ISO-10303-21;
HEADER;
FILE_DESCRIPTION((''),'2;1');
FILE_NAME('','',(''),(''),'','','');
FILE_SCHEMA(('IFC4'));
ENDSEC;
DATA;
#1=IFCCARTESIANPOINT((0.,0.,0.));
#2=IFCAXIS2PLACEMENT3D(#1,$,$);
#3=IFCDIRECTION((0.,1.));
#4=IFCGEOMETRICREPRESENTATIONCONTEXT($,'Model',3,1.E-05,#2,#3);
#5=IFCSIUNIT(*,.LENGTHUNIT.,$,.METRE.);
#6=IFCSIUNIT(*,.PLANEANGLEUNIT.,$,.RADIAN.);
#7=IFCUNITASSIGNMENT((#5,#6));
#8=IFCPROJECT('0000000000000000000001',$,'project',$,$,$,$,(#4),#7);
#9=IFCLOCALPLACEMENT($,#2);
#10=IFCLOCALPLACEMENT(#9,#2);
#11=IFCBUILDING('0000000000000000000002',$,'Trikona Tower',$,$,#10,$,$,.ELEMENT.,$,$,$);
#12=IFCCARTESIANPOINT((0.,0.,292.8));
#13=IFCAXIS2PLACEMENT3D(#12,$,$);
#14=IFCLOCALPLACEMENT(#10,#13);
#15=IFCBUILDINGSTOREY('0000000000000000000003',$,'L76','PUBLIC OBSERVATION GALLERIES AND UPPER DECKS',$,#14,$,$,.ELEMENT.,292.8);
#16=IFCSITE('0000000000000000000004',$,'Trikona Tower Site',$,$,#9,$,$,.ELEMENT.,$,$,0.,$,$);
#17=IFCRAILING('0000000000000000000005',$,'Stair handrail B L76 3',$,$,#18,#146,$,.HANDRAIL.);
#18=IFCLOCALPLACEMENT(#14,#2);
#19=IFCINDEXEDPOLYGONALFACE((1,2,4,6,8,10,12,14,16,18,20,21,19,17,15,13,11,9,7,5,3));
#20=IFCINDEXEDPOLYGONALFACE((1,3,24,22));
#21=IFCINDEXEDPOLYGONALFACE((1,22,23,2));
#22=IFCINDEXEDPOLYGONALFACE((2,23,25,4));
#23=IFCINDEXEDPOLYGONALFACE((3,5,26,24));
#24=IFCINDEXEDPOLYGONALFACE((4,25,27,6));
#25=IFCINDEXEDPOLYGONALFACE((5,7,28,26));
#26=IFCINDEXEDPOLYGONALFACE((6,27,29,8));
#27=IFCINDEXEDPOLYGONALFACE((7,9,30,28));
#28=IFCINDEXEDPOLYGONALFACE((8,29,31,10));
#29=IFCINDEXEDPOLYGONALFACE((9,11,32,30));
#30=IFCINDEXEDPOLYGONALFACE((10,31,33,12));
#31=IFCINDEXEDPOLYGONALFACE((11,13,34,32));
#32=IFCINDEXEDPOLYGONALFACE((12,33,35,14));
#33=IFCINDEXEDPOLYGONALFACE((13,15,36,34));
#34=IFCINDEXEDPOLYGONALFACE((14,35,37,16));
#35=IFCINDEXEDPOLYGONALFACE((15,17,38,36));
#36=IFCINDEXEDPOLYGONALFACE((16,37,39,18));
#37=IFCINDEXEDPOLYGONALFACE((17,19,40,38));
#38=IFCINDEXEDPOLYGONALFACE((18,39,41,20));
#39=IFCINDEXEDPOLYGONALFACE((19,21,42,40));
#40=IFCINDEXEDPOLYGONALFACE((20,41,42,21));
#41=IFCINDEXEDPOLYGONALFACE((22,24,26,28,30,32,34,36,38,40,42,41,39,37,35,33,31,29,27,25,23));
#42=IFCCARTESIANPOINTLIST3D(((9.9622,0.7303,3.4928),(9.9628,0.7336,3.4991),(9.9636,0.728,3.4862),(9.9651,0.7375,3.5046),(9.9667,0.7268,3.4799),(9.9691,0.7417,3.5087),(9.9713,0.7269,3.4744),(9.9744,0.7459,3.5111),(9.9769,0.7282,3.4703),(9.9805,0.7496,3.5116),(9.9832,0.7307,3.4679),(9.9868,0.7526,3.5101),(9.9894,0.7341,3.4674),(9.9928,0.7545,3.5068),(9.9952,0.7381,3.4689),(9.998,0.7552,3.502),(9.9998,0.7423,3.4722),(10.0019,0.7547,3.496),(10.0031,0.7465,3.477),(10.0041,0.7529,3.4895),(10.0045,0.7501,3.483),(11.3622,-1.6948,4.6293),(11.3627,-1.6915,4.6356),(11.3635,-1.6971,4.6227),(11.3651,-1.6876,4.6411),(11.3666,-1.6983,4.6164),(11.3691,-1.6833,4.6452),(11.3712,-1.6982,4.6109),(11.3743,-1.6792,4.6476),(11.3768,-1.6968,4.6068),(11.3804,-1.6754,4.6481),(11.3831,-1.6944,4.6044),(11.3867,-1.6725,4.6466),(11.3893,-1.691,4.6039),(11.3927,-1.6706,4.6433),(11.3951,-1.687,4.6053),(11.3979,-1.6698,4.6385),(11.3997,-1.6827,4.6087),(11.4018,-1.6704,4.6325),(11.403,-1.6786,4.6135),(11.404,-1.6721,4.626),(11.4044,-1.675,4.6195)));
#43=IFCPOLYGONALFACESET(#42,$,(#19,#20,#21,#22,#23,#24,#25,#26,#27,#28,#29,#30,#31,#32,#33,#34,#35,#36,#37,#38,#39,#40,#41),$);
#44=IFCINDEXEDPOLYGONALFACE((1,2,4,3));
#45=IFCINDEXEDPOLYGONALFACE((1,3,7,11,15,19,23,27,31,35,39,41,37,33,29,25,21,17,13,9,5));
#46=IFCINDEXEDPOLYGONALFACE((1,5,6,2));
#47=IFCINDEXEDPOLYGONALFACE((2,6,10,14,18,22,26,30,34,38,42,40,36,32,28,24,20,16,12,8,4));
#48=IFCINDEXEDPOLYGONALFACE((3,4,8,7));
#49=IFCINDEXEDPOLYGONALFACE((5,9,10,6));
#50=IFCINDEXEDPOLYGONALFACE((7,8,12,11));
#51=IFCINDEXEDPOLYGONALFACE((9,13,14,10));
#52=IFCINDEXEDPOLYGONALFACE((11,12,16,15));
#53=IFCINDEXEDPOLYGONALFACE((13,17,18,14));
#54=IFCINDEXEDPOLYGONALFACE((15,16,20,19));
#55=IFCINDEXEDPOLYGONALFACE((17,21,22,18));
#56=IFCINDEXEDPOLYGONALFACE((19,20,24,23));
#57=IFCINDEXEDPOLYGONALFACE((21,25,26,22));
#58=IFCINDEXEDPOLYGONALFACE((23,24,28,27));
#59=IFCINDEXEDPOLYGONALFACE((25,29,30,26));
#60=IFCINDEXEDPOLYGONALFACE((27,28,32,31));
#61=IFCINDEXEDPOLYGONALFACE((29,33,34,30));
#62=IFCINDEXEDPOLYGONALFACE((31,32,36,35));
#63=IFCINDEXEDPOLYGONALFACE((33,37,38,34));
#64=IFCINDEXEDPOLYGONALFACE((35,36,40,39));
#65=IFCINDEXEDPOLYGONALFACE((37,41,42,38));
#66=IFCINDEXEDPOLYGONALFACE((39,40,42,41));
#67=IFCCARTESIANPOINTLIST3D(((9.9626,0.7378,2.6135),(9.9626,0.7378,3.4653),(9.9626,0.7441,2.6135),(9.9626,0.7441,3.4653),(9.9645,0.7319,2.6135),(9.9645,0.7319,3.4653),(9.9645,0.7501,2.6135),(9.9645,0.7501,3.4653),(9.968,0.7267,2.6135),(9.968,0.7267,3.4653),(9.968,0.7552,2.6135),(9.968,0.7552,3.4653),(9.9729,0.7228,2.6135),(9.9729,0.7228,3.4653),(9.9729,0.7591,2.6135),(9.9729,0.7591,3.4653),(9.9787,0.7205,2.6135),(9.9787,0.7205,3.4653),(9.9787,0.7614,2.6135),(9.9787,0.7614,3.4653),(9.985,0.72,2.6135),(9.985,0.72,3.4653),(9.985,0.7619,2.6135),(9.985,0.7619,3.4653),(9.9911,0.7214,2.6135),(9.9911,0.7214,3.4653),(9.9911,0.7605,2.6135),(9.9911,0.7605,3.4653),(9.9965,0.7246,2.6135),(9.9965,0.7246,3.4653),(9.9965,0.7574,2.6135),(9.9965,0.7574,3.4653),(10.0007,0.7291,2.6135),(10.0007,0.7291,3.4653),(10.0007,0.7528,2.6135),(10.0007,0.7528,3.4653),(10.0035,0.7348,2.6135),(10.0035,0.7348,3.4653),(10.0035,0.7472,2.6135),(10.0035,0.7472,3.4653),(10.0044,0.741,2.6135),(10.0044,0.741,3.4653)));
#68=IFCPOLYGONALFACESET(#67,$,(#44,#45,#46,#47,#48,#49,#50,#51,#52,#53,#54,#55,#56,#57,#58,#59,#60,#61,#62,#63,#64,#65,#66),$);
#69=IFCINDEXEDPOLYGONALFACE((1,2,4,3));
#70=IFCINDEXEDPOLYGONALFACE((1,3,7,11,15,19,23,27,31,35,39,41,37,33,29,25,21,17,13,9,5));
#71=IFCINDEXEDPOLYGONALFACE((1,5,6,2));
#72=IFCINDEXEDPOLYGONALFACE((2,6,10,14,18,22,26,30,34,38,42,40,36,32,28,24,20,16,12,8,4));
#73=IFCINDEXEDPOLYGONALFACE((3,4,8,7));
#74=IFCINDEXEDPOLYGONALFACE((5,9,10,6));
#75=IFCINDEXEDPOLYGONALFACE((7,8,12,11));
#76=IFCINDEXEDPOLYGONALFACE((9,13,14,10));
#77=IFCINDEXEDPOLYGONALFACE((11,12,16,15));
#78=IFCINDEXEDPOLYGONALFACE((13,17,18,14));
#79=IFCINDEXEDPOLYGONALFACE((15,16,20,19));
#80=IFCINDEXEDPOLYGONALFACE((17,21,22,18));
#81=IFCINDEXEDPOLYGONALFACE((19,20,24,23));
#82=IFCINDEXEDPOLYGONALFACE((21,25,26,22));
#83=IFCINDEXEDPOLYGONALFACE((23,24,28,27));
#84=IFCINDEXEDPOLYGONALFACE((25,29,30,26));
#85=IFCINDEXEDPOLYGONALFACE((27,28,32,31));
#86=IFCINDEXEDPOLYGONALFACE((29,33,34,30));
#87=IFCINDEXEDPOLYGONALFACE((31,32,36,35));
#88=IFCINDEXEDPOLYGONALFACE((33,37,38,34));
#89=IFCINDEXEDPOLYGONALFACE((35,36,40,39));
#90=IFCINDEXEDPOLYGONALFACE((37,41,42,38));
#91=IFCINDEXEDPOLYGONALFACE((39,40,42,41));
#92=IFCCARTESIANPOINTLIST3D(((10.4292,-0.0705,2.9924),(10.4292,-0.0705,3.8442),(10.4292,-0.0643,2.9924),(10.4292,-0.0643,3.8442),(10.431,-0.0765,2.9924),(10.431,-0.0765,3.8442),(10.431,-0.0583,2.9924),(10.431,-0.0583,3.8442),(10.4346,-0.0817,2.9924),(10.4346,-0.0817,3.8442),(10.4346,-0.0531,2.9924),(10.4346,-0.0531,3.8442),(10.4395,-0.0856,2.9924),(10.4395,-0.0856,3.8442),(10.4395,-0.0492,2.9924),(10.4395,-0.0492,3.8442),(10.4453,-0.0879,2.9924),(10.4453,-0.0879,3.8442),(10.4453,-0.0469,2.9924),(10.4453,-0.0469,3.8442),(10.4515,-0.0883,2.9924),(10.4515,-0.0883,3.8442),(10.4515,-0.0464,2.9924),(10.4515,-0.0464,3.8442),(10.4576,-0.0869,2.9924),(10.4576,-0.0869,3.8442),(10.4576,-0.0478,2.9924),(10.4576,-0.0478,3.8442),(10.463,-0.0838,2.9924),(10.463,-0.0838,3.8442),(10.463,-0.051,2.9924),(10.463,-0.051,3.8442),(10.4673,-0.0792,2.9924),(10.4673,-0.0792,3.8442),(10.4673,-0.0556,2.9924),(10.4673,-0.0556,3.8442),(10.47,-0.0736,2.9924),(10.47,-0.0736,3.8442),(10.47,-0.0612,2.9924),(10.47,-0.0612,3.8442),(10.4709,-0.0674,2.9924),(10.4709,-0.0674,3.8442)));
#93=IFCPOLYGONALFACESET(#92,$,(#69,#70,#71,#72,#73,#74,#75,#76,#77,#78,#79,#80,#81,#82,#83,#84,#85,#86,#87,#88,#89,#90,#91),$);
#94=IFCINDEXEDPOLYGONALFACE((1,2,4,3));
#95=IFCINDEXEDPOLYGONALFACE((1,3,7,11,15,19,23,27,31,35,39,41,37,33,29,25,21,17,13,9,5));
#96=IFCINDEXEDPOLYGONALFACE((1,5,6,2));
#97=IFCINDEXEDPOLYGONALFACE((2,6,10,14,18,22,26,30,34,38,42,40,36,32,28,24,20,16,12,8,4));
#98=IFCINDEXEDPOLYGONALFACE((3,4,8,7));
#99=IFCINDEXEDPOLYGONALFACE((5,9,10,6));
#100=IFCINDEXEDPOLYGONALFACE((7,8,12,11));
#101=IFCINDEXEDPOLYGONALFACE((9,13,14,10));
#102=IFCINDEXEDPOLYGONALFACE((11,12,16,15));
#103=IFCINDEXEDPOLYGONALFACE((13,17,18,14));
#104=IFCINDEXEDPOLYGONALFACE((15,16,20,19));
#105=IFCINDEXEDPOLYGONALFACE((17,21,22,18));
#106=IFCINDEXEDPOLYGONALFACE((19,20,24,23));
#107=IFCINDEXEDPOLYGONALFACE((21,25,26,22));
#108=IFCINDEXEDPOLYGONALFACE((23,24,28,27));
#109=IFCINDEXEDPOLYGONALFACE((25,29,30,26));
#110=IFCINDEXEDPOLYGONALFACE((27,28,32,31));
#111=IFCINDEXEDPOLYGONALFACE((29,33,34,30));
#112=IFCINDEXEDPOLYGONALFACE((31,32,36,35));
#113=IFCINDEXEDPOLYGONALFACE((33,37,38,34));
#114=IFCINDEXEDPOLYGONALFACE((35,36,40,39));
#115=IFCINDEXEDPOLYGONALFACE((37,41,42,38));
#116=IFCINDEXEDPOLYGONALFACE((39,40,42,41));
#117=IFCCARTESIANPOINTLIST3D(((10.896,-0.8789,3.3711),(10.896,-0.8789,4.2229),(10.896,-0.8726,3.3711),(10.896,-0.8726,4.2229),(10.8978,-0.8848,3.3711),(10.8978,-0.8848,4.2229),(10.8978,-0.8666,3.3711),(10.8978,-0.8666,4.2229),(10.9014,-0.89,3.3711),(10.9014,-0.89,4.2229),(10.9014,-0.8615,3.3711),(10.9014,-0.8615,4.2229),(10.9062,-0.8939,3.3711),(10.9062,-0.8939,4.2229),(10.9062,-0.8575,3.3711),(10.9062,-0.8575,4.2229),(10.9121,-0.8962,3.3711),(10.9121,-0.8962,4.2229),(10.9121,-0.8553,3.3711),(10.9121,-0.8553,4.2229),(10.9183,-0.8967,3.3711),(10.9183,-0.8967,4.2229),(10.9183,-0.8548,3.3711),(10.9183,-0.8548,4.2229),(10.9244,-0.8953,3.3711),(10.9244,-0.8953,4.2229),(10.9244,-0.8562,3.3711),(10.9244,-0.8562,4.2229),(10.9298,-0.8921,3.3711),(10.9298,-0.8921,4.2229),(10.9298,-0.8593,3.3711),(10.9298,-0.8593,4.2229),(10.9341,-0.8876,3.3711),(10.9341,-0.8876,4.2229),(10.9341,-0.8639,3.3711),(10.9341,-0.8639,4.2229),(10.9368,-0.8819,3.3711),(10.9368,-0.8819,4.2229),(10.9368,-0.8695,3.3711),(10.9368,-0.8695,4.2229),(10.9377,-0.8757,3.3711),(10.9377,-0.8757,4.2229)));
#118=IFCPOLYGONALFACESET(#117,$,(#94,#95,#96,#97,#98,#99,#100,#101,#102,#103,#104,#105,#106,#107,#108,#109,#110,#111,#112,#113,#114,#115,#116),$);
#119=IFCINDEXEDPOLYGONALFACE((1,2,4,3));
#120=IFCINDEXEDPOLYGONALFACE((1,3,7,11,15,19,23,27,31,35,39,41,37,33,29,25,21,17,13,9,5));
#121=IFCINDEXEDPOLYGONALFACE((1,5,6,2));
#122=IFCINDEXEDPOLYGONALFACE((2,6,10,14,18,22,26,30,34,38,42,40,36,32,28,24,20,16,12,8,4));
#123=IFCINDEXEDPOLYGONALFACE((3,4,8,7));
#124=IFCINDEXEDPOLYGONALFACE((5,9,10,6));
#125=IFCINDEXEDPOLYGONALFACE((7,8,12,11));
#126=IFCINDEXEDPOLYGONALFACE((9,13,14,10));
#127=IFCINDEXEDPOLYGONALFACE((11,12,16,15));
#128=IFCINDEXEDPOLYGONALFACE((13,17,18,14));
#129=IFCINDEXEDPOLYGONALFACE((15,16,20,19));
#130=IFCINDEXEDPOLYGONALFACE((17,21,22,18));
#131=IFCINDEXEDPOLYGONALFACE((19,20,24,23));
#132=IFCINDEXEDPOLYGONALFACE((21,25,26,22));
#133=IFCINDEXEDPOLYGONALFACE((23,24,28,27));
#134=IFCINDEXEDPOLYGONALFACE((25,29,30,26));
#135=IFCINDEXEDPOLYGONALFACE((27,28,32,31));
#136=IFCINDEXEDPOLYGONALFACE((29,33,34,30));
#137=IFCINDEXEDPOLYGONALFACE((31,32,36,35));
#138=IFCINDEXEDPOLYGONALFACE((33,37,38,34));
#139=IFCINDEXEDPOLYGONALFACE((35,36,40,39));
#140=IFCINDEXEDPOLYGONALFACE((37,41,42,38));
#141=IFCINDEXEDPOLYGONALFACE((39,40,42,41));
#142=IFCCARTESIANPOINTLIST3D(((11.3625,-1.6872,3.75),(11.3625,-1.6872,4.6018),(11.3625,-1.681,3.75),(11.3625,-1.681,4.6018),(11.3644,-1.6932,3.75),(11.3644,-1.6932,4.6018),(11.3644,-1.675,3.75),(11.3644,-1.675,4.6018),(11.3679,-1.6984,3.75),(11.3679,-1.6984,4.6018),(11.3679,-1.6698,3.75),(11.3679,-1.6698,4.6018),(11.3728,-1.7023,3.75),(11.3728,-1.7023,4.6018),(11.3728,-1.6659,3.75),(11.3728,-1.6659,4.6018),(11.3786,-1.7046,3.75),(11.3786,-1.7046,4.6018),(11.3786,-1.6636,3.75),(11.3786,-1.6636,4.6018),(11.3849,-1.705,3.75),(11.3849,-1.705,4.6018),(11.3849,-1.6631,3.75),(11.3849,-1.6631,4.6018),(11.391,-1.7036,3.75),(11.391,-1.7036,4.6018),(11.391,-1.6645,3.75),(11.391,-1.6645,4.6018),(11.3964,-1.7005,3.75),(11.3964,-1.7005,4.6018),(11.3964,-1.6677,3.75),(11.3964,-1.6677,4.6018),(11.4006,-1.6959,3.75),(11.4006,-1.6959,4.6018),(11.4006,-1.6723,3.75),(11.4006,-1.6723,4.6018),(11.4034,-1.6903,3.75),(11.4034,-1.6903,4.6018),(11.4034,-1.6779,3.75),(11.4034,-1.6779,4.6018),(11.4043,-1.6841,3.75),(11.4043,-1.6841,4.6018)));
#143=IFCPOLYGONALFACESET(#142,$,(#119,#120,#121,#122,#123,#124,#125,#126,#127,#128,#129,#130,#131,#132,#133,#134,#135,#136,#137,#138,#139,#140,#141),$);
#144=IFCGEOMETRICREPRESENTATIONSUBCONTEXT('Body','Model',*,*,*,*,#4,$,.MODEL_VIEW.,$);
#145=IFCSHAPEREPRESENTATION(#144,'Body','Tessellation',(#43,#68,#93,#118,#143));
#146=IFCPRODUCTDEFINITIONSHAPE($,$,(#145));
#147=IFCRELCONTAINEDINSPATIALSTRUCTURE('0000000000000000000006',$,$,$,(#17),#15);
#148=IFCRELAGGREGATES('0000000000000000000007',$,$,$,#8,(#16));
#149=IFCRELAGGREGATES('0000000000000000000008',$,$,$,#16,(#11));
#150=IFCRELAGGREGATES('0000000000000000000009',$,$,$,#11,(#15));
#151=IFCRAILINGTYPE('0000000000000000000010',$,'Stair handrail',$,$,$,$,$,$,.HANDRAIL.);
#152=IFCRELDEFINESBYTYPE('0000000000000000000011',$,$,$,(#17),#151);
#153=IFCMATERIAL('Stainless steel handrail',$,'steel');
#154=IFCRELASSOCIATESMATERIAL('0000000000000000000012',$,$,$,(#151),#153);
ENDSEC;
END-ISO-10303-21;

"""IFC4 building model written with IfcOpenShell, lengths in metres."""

from ifc_helpers import new_model, si_unit, direction, frame, origin, origin_2d, place, context, subcontext, project, spatial, circle, extrude, material, type_object, element, save


model = new_model("IFC4")

# Units and contexts
model_context = context("Model", 3, precision=1e-05, world=origin(), true_north=direction((0.0, 1.0)))
body_context = subcontext(model_context, "Body", "Model", "MODEL_VIEW")
ifc_project = project(units=[si_unit("LENGTHUNIT", "METRE"), si_unit("PLANEANGLEUNIT", "RADIAN")], contexts=[model_context])

# Site, building, storey
site_placement = place(None, origin())
site = spatial("IfcSite", under=ifc_project, at=site_placement, Name="Trikona Tower Site", CompositionType="ELEMENT", RefElevation=0.0)
building_placement = place(site_placement, origin())
building = spatial("IfcBuilding", under=site, at=building_placement, Name="Trikona Tower", CompositionType="ELEMENT")
storey_placement = place(building_placement, frame((0.0, 0.0, 292.8)))
storey = spatial("IfcBuildingStorey", under=building, at=storey_placement, Name="L76", Description="PUBLIC OBSERVATION GALLERIES AND UPPER DECKS", CompositionType="ELEMENT", Elevation=292.8)

# Railing
ifc_material_1 = material(Name="Stainless steel handrail", Category="steel")
railing_type = type_object("IfcRailingType", Name="Stair handrail", PredefinedType="HANDRAIL", material=ifc_material_1)
for number, where, name in (
    (1, (9.9834, 0.741, 2.6135), "Stair handrail B L76 3"),
):
    element("IfcRailing", number, at=place(storey_placement, frame(where)), inside=storey, type_object=railing_type, Name=name, PredefinedType="HANDRAIL", context=body_context, shape_type="SweptSolid", body=[
        extrude(circle(Radius=0.0239, at=origin_2d()), frame((0.0, 0.0, 0.876), z_axis=(0.463245, -0.802479, 0.376074), x_axis=(0.866056, 0.499946, 0.0)), (0.0, 0.0, 1.0), 3.022),
        extrude(circle(Radius=0.021, at=origin_2d()), origin(), (0.0, 0.0, 1.0), 0.8518),
        extrude(circle(Radius=0.021, at=origin_2d()), frame((0.4666, -0.8083, 0.3789)), (0.0, 0.0, 1.0), 0.8518),
        extrude(circle(Radius=0.021, at=origin_2d()), frame((0.9333, -1.6167, 0.7576)), (0.0, 0.0, 1.0), 0.8518),
        extrude(circle(Radius=0.021, at=origin_2d()), frame((1.3999, -2.425, 1.1365)), (0.0, 0.0, 1.0), 0.8518),
    ])

save(model, "model.ifc")
